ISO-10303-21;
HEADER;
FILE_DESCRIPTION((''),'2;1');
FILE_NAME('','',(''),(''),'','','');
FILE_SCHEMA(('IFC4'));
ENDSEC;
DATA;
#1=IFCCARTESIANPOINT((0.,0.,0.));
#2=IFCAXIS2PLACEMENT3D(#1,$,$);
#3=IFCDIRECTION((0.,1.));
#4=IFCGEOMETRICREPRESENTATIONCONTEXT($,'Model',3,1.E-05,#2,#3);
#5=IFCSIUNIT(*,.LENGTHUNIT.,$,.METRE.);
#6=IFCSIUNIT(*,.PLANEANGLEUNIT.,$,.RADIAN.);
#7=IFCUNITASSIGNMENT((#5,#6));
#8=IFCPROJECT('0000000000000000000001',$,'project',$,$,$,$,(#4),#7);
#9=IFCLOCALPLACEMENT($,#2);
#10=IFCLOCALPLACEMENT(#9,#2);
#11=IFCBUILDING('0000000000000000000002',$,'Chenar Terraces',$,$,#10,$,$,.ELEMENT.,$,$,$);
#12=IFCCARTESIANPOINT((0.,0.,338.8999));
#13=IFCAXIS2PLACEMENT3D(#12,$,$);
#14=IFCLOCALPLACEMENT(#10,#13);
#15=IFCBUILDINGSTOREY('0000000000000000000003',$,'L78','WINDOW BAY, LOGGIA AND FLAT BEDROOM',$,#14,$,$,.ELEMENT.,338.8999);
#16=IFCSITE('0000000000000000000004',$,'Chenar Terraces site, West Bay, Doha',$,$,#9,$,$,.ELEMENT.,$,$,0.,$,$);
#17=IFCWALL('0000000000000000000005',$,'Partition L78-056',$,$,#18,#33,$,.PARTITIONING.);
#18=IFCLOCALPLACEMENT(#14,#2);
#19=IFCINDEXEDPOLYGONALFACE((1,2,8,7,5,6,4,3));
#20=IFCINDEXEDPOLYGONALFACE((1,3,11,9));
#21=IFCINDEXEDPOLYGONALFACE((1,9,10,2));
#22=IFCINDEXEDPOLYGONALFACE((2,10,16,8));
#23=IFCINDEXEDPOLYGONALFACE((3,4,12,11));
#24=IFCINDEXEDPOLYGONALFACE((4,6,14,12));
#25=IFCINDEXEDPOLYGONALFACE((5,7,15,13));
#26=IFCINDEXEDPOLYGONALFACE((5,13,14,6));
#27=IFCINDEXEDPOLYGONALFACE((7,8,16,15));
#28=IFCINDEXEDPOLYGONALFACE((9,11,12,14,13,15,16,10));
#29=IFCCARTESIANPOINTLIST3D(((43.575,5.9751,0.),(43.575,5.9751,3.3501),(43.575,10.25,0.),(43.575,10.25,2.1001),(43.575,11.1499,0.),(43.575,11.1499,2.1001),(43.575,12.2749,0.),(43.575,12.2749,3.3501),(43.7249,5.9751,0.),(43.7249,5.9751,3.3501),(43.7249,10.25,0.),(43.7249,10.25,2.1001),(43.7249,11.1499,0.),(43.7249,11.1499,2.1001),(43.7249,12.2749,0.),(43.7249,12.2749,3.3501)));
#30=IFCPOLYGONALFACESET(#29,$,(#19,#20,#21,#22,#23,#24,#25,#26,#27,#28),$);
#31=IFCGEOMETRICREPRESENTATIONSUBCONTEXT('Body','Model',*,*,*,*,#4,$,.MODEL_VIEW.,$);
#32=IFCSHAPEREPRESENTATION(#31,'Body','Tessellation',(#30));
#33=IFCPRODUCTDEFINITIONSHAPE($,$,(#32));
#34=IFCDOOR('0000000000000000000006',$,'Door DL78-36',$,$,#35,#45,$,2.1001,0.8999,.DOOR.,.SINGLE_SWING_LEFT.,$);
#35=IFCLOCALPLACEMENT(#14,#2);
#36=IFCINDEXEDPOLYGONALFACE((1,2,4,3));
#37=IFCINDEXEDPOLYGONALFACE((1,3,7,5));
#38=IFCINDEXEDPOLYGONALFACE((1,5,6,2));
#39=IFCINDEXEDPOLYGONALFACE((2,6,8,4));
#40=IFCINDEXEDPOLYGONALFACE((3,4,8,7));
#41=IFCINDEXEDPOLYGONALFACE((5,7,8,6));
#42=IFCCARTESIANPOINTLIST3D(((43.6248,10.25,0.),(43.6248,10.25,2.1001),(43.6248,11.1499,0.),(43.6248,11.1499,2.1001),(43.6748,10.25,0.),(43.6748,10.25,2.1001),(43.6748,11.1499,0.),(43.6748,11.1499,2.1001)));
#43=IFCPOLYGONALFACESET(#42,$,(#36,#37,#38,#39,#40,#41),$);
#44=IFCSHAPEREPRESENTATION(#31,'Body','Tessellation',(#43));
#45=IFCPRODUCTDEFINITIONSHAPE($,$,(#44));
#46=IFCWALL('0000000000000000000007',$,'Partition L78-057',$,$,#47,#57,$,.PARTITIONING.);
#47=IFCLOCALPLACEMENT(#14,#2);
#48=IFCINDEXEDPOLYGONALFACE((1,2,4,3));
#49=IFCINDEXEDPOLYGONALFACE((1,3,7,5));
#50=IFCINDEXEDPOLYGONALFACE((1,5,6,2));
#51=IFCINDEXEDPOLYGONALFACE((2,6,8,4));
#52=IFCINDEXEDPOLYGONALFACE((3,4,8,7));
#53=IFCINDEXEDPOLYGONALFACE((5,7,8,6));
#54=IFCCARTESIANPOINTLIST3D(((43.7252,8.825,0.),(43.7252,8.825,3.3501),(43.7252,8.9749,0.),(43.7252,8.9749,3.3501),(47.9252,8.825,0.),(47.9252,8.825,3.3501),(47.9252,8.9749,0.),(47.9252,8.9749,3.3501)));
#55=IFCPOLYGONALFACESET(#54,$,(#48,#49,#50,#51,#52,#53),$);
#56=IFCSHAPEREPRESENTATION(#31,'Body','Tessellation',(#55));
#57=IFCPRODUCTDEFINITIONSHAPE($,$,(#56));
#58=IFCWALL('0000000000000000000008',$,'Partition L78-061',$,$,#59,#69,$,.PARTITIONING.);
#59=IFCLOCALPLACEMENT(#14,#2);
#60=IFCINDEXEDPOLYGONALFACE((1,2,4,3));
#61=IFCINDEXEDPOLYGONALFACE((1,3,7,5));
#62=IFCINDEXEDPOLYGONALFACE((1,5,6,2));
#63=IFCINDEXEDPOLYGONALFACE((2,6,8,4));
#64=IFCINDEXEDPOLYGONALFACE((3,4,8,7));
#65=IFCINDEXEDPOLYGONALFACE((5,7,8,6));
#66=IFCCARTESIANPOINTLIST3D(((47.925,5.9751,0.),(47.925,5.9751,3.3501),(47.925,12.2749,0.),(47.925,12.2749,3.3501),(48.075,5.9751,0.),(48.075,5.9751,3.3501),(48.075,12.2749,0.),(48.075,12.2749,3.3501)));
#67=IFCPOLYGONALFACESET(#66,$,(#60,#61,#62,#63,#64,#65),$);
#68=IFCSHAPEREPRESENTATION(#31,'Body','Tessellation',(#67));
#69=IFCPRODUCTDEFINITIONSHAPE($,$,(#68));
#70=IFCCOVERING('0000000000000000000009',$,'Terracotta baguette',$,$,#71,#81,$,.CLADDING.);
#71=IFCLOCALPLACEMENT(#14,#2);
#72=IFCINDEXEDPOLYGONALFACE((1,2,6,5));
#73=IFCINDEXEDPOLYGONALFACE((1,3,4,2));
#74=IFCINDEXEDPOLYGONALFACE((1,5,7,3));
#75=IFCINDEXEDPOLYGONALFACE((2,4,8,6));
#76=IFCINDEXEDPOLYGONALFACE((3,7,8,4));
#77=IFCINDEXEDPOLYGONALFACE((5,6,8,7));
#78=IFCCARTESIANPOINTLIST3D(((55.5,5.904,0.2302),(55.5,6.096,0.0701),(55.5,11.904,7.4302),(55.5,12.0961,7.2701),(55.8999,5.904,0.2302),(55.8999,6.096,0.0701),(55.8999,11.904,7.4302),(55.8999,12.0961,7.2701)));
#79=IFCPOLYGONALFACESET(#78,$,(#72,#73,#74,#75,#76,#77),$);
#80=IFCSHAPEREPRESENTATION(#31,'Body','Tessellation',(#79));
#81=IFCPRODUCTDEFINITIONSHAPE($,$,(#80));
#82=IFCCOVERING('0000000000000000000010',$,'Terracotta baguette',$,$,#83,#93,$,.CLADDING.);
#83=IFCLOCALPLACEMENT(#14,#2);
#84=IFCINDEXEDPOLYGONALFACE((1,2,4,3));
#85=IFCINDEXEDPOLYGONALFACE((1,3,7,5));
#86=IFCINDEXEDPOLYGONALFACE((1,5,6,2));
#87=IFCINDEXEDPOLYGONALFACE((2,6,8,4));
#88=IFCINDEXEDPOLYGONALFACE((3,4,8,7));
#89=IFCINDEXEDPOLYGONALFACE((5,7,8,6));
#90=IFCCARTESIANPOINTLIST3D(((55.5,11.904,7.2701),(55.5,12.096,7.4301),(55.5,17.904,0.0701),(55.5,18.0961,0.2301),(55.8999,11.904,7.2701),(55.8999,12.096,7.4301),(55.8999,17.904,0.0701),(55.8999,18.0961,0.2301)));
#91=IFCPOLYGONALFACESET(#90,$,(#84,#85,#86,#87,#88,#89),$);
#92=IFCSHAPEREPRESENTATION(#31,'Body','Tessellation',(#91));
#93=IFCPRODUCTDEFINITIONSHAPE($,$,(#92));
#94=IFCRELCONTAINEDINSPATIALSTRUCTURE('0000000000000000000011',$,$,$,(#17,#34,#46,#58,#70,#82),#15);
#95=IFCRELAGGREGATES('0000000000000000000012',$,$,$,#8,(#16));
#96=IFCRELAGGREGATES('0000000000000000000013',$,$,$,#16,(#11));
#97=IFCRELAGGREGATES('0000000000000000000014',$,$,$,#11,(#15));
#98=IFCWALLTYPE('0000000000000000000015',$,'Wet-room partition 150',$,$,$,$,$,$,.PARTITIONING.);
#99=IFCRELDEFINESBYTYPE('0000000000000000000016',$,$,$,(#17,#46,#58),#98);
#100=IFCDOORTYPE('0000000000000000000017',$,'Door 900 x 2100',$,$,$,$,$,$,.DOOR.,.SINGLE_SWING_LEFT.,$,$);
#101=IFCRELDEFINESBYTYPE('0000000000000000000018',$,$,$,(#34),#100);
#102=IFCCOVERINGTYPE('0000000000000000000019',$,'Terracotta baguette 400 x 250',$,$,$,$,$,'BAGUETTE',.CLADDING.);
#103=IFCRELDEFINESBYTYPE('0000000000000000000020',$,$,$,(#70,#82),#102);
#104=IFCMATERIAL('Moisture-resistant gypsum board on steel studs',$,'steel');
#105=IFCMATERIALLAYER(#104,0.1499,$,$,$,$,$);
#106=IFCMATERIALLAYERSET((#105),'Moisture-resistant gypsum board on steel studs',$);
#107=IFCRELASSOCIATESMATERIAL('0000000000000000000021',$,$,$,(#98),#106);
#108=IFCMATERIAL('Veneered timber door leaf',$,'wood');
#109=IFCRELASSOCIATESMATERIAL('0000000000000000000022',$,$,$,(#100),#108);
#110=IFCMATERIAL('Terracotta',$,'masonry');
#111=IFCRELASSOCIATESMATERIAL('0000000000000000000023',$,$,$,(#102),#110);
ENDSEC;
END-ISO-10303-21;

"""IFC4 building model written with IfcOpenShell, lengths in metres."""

from ifc_helpers import new_model, si_unit, direction, frame, frame_2d, origin, origin_2d, place, context, subcontext, project, spatial, rectangle, extrude, material, layer, layer_set, material_profile, profile_set, type_object, element, fill, save


model = new_model("IFC4")

# Units and contexts
model_context = context("Model", 3, precision=1e-05, world=origin(), true_north=direction((0.0, 1.0)))
body_context = subcontext(model_context, "Body", "Model", "MODEL_VIEW")
ifc_project = project(units=[si_unit("LENGTHUNIT", "METRE"), si_unit("PLANEANGLEUNIT", "RADIAN")], contexts=[model_context])

# Site, building, storey
site_placement = place(None, origin())
site = spatial("IfcSite", under=ifc_project, at=site_placement, Name="Chenar Terraces site, West Bay, Doha", CompositionType="ELEMENT", RefElevation=0.0)
building_placement = place(site_placement, origin())
building = spatial("IfcBuilding", under=site, at=building_placement, Name="Chenar Terraces", CompositionType="ELEMENT")
storey_placement = place(building_placement, frame((0.0, 0.0, 338.8999)))
storey = spatial("IfcBuildingStorey", under=building, at=storey_placement, Name="L78", Description="WINDOW BAY, LOGGIA AND FLAT BEDROOM", CompositionType="ELEMENT", Elevation=338.8999)

# Shared definitions
ifc_material_1 = material(Name="Moisture-resistant gypsum board on steel studs", Category="steel")
ifc_layer_1 = layer(ifc_material_1, 0.1499)
ifc_layer_set_1 = layer_set([ifc_layer_1], Name="Moisture-resistant gypsum board on steel studs")
wall_type_1 = type_object("IfcWallType", Name="Wet-room partition 150", PredefinedType="PARTITIONING", material=ifc_layer_set_1)
ifc_material_2 = material(Name="Veneered timber door leaf", Category="wood")
door_type_1 = type_object("IfcDoorType", Name="Door 900 x 2100", OperationType="SINGLE_SWING_LEFT", PredefinedType="DOOR", material=ifc_material_2)

# Wall, opening, door
wall_1_placement = place(storey_placement, frame((43.6499, 5.9751, 0.0), z_axis=(0.0, 0.0, 1.0), x_axis=(0.0, 1.0, 0.0)))
wall_1 = element("IfcWall", 1, at=wall_1_placement, inside=storey, type_object=wall_type_1, Name="Partition L78-056", PredefinedType="PARTITIONING", context=body_context, shape_type="SweptSolid", body=[
    extrude(rectangle(XDim=6.2998, YDim=0.1499, at=frame_2d((3.1499, 0.0))), origin(), (0.0, 0.0, 1.0), 3.3501),
])
opening_1_placement = place(wall_1_placement, frame((4.2749, 0.0, 0.0)))
opening_1 = element("IfcOpeningElement", 2, at=opening_1_placement, cuts=wall_1, PredefinedType="OPENING", context=body_context, shape_type="SweptSolid", body=[
    extrude(rectangle(XDim=0.8999, YDim=2.1001, at=frame_2d((0.45, 1.05))), frame((0.0, 0.085, 0.0), z_axis=(0.0, -1.0, 0.0), x_axis=(1.0, 0.0, 0.0)), (0.0, 0.0, 1.0), 0.1699),
])
door_1_placement = place(opening_1_placement, frame((0.8999, 0.0, 0.0), z_axis=(0.0, 0.0, 1.0), x_axis=(-1.0, 0.0, 0.0)))
door_1 = element("IfcDoor", 3, at=door_1_placement, inside=storey, type_object=door_type_1, Name="Door DL78-36", OperationType="SINGLE_SWING_LEFT", OverallHeight=2.1001, OverallWidth=0.8999, PredefinedType="DOOR", context=body_context, shape_type="SweptSolid", body=[
    extrude(rectangle(XDim=0.8999, YDim=2.1001, at=frame_2d((0.45, 1.05))), frame((0.0, 0.0249, 0.0), z_axis=(0.0, -1.0, 0.0), x_axis=(1.0, 0.0, 0.0)), (0.0, 0.0, 1.0), 0.05),
])
fill(opening_1, door_1)

# Walls
wall_2_placement = place(storey_placement, frame((43.7251, 8.8999, 0.0), z_axis=(0.0, 0.0, 1.0), x_axis=(1.0, 0.0, 0.0)))
element("IfcWall", 4, at=wall_2_placement, inside=storey, type_object=wall_type_1, Name="Partition L78-057", PredefinedType="PARTITIONING", context=body_context, shape_type="SweptSolid", body=[
    extrude(rectangle(XDim=4.2, YDim=0.1499, at=frame_2d((2.1001, 0.0))), origin(), (0.0, 0.0, 1.0), 3.3501),
])
wall_3_placement = place(storey_placement, frame((48.0, 5.9751, 0.0), z_axis=(0.0, 0.0, 1.0), x_axis=(0.0, 1.0, 0.0)))
element("IfcWall", 5, at=wall_3_placement, inside=storey, type_object=wall_type_1, Name="Partition L78-061", PredefinedType="PARTITIONING", context=body_context, shape_type="SweptSolid", body=[
    extrude(rectangle(XDim=6.2998, YDim=0.1499, at=frame_2d((3.1499, 0.0))), origin(), (0.0, 0.0, 1.0), 3.3501),
])

# Coverings
ifc_material_3 = material(Name="Terracotta", Category="masonry")
ifc_material_profile_1 = material_profile(ifc_material_3, rectangle(XDim=0.3999, YDim=0.25, at=origin_2d()), Name="Terracotta baguette 400 x 250")
ifc_profile_set_1 = profile_set([ifc_material_profile_1], Name="Terracotta")
covering_type = type_object("IfcCoveringType", Name="Terracotta baguette 400 x 250", ElementType="BAGUETTE", PredefinedType="CLADDING", material=ifc_profile_set_1)
for number, where, z_axis, x_axis, name in (
    (6, (55.7, 6.0, 0.1501), (0.0, 0.640187, 0.768219), (-1.0, 0.0, 0.0), "Terracotta baguette"),
    (7, (55.7, 12.0, 7.3501), (0.0, 0.640187, -0.768219), (-1.0, 0.0, 0.0), "Terracotta baguette"),
):
    element("IfcCovering", number, at=place(storey_placement, frame(where, z_axis=z_axis, x_axis=x_axis)), inside=storey, type_object=covering_type, Name=name, PredefinedType="CLADDING", context=body_context, shape_type="SweptSolid", body=[
        extrude(rectangle(XDim=0.3999, YDim=0.25, at=origin_2d()), origin(), (0.0, 0.0, 1.0), 9.3723),
    ])

save(model, "model.ifc")
